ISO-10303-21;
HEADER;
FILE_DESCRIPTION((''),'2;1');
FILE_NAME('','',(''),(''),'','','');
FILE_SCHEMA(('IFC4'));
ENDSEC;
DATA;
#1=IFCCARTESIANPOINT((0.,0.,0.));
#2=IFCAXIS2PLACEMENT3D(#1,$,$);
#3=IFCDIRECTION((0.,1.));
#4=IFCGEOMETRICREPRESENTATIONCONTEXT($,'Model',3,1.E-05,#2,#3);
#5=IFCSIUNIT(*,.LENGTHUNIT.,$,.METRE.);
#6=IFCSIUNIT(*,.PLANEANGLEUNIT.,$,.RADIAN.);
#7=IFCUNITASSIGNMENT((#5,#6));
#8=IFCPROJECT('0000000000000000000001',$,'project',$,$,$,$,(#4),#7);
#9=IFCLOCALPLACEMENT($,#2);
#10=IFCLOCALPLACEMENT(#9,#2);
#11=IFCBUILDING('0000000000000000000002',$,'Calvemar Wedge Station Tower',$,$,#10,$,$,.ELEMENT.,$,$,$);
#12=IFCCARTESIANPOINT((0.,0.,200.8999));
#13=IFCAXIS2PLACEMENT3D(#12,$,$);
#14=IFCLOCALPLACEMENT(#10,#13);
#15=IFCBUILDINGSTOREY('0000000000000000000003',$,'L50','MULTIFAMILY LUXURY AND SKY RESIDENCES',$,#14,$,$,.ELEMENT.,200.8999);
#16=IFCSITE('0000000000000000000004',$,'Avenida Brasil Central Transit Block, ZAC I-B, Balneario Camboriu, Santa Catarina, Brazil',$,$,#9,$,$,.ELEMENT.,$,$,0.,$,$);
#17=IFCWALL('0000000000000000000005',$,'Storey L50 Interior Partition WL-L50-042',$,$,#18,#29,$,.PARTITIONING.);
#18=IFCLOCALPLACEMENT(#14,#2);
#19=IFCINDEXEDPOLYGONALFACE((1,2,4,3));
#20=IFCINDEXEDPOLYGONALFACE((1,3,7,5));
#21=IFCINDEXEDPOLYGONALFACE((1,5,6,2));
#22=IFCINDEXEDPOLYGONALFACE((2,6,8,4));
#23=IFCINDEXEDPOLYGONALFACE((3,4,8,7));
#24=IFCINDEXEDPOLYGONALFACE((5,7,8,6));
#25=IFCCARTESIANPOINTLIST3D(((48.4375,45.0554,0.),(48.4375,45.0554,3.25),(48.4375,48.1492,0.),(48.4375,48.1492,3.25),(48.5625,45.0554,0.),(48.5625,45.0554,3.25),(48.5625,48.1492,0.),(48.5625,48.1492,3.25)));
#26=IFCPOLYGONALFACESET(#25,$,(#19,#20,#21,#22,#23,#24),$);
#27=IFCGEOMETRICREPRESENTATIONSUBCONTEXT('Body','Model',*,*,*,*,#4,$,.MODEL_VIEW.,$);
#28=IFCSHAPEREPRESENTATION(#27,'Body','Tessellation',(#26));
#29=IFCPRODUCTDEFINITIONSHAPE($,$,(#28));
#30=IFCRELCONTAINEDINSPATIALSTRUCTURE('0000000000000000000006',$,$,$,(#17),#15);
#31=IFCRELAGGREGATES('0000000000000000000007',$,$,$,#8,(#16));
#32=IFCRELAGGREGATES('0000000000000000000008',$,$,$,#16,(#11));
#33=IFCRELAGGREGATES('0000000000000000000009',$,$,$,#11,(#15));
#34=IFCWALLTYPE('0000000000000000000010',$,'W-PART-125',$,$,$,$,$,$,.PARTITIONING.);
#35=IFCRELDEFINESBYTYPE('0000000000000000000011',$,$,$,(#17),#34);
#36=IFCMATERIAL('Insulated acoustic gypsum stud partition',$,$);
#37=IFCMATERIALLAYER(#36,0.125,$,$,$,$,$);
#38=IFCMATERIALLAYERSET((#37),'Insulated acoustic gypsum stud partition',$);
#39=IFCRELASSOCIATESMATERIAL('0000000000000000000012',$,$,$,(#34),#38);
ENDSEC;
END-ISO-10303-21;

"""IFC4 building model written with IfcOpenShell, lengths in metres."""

from ifc_helpers import new_model, si_unit, direction, frame, frame_2d, origin, place, context, subcontext, project, spatial, rectangle, extrude, material, layer, layer_set, type_object, element, save


model = new_model("IFC4")

# Units and contexts
model_context = context("Model", 3, precision=1e-05, world=origin(), true_north=direction((0.0, 1.0)))
body_context = subcontext(model_context, "Body", "Model", "MODEL_VIEW")
ifc_project = project(units=[si_unit("LENGTHUNIT", "METRE"), si_unit("PLANEANGLEUNIT", "RADIAN")], contexts=[model_context])

# Site, building, storey
site_placement = place(None, origin())
site = spatial("IfcSite", under=ifc_project, at=site_placement, Name="Avenida Brasil Central Transit Block, ZAC I-B, Balneario Camboriu, Santa Catarina, Brazil", CompositionType="ELEMENT", RefElevation=0.0)
building_placement = place(site_placement, origin())
building = spatial("IfcBuilding", under=site, at=building_placement, Name="Calvemar Wedge Station Tower", CompositionType="ELEMENT")
storey_placement = place(building_placement, frame((0.0, 0.0, 200.8999)))
storey = spatial("IfcBuildingStorey", under=building, at=storey_placement, Name="L50", Description="MULTIFAMILY LUXURY AND SKY RESIDENCES", CompositionType="ELEMENT", Elevation=200.8999)

# Wall
ifc_material_1 = material(Name="Insulated acoustic gypsum stud partition")
ifc_layer_1 = layer(ifc_material_1, 0.125)
ifc_layer_set_1 = layer_set([ifc_layer_1], Name="Insulated acoustic gypsum stud partition")
wall_type_1 = type_object("IfcWallType", Name="W-PART-125", PredefinedType="PARTITIONING", material=ifc_layer_set_1)
wall_1_placement = place(storey_placement, frame((48.5, 48.1492, 0.0), z_axis=(0.0, 0.0, 1.0), x_axis=(0.0, -1.0, 0.0)))
element("IfcWall", 1, at=wall_1_placement, inside=storey, type_object=wall_type_1, Name="Storey L50 Interior Partition WL-L50-042", PredefinedType="PARTITIONING", context=body_context, shape_type="SweptSolid", body=[
    extrude(rectangle(XDim=3.0938, YDim=0.125, at=frame_2d((1.5469, 0.0))), origin(), (0.0, 0.0, 1.0), 3.25),
])

save(model, "model.ifc")
